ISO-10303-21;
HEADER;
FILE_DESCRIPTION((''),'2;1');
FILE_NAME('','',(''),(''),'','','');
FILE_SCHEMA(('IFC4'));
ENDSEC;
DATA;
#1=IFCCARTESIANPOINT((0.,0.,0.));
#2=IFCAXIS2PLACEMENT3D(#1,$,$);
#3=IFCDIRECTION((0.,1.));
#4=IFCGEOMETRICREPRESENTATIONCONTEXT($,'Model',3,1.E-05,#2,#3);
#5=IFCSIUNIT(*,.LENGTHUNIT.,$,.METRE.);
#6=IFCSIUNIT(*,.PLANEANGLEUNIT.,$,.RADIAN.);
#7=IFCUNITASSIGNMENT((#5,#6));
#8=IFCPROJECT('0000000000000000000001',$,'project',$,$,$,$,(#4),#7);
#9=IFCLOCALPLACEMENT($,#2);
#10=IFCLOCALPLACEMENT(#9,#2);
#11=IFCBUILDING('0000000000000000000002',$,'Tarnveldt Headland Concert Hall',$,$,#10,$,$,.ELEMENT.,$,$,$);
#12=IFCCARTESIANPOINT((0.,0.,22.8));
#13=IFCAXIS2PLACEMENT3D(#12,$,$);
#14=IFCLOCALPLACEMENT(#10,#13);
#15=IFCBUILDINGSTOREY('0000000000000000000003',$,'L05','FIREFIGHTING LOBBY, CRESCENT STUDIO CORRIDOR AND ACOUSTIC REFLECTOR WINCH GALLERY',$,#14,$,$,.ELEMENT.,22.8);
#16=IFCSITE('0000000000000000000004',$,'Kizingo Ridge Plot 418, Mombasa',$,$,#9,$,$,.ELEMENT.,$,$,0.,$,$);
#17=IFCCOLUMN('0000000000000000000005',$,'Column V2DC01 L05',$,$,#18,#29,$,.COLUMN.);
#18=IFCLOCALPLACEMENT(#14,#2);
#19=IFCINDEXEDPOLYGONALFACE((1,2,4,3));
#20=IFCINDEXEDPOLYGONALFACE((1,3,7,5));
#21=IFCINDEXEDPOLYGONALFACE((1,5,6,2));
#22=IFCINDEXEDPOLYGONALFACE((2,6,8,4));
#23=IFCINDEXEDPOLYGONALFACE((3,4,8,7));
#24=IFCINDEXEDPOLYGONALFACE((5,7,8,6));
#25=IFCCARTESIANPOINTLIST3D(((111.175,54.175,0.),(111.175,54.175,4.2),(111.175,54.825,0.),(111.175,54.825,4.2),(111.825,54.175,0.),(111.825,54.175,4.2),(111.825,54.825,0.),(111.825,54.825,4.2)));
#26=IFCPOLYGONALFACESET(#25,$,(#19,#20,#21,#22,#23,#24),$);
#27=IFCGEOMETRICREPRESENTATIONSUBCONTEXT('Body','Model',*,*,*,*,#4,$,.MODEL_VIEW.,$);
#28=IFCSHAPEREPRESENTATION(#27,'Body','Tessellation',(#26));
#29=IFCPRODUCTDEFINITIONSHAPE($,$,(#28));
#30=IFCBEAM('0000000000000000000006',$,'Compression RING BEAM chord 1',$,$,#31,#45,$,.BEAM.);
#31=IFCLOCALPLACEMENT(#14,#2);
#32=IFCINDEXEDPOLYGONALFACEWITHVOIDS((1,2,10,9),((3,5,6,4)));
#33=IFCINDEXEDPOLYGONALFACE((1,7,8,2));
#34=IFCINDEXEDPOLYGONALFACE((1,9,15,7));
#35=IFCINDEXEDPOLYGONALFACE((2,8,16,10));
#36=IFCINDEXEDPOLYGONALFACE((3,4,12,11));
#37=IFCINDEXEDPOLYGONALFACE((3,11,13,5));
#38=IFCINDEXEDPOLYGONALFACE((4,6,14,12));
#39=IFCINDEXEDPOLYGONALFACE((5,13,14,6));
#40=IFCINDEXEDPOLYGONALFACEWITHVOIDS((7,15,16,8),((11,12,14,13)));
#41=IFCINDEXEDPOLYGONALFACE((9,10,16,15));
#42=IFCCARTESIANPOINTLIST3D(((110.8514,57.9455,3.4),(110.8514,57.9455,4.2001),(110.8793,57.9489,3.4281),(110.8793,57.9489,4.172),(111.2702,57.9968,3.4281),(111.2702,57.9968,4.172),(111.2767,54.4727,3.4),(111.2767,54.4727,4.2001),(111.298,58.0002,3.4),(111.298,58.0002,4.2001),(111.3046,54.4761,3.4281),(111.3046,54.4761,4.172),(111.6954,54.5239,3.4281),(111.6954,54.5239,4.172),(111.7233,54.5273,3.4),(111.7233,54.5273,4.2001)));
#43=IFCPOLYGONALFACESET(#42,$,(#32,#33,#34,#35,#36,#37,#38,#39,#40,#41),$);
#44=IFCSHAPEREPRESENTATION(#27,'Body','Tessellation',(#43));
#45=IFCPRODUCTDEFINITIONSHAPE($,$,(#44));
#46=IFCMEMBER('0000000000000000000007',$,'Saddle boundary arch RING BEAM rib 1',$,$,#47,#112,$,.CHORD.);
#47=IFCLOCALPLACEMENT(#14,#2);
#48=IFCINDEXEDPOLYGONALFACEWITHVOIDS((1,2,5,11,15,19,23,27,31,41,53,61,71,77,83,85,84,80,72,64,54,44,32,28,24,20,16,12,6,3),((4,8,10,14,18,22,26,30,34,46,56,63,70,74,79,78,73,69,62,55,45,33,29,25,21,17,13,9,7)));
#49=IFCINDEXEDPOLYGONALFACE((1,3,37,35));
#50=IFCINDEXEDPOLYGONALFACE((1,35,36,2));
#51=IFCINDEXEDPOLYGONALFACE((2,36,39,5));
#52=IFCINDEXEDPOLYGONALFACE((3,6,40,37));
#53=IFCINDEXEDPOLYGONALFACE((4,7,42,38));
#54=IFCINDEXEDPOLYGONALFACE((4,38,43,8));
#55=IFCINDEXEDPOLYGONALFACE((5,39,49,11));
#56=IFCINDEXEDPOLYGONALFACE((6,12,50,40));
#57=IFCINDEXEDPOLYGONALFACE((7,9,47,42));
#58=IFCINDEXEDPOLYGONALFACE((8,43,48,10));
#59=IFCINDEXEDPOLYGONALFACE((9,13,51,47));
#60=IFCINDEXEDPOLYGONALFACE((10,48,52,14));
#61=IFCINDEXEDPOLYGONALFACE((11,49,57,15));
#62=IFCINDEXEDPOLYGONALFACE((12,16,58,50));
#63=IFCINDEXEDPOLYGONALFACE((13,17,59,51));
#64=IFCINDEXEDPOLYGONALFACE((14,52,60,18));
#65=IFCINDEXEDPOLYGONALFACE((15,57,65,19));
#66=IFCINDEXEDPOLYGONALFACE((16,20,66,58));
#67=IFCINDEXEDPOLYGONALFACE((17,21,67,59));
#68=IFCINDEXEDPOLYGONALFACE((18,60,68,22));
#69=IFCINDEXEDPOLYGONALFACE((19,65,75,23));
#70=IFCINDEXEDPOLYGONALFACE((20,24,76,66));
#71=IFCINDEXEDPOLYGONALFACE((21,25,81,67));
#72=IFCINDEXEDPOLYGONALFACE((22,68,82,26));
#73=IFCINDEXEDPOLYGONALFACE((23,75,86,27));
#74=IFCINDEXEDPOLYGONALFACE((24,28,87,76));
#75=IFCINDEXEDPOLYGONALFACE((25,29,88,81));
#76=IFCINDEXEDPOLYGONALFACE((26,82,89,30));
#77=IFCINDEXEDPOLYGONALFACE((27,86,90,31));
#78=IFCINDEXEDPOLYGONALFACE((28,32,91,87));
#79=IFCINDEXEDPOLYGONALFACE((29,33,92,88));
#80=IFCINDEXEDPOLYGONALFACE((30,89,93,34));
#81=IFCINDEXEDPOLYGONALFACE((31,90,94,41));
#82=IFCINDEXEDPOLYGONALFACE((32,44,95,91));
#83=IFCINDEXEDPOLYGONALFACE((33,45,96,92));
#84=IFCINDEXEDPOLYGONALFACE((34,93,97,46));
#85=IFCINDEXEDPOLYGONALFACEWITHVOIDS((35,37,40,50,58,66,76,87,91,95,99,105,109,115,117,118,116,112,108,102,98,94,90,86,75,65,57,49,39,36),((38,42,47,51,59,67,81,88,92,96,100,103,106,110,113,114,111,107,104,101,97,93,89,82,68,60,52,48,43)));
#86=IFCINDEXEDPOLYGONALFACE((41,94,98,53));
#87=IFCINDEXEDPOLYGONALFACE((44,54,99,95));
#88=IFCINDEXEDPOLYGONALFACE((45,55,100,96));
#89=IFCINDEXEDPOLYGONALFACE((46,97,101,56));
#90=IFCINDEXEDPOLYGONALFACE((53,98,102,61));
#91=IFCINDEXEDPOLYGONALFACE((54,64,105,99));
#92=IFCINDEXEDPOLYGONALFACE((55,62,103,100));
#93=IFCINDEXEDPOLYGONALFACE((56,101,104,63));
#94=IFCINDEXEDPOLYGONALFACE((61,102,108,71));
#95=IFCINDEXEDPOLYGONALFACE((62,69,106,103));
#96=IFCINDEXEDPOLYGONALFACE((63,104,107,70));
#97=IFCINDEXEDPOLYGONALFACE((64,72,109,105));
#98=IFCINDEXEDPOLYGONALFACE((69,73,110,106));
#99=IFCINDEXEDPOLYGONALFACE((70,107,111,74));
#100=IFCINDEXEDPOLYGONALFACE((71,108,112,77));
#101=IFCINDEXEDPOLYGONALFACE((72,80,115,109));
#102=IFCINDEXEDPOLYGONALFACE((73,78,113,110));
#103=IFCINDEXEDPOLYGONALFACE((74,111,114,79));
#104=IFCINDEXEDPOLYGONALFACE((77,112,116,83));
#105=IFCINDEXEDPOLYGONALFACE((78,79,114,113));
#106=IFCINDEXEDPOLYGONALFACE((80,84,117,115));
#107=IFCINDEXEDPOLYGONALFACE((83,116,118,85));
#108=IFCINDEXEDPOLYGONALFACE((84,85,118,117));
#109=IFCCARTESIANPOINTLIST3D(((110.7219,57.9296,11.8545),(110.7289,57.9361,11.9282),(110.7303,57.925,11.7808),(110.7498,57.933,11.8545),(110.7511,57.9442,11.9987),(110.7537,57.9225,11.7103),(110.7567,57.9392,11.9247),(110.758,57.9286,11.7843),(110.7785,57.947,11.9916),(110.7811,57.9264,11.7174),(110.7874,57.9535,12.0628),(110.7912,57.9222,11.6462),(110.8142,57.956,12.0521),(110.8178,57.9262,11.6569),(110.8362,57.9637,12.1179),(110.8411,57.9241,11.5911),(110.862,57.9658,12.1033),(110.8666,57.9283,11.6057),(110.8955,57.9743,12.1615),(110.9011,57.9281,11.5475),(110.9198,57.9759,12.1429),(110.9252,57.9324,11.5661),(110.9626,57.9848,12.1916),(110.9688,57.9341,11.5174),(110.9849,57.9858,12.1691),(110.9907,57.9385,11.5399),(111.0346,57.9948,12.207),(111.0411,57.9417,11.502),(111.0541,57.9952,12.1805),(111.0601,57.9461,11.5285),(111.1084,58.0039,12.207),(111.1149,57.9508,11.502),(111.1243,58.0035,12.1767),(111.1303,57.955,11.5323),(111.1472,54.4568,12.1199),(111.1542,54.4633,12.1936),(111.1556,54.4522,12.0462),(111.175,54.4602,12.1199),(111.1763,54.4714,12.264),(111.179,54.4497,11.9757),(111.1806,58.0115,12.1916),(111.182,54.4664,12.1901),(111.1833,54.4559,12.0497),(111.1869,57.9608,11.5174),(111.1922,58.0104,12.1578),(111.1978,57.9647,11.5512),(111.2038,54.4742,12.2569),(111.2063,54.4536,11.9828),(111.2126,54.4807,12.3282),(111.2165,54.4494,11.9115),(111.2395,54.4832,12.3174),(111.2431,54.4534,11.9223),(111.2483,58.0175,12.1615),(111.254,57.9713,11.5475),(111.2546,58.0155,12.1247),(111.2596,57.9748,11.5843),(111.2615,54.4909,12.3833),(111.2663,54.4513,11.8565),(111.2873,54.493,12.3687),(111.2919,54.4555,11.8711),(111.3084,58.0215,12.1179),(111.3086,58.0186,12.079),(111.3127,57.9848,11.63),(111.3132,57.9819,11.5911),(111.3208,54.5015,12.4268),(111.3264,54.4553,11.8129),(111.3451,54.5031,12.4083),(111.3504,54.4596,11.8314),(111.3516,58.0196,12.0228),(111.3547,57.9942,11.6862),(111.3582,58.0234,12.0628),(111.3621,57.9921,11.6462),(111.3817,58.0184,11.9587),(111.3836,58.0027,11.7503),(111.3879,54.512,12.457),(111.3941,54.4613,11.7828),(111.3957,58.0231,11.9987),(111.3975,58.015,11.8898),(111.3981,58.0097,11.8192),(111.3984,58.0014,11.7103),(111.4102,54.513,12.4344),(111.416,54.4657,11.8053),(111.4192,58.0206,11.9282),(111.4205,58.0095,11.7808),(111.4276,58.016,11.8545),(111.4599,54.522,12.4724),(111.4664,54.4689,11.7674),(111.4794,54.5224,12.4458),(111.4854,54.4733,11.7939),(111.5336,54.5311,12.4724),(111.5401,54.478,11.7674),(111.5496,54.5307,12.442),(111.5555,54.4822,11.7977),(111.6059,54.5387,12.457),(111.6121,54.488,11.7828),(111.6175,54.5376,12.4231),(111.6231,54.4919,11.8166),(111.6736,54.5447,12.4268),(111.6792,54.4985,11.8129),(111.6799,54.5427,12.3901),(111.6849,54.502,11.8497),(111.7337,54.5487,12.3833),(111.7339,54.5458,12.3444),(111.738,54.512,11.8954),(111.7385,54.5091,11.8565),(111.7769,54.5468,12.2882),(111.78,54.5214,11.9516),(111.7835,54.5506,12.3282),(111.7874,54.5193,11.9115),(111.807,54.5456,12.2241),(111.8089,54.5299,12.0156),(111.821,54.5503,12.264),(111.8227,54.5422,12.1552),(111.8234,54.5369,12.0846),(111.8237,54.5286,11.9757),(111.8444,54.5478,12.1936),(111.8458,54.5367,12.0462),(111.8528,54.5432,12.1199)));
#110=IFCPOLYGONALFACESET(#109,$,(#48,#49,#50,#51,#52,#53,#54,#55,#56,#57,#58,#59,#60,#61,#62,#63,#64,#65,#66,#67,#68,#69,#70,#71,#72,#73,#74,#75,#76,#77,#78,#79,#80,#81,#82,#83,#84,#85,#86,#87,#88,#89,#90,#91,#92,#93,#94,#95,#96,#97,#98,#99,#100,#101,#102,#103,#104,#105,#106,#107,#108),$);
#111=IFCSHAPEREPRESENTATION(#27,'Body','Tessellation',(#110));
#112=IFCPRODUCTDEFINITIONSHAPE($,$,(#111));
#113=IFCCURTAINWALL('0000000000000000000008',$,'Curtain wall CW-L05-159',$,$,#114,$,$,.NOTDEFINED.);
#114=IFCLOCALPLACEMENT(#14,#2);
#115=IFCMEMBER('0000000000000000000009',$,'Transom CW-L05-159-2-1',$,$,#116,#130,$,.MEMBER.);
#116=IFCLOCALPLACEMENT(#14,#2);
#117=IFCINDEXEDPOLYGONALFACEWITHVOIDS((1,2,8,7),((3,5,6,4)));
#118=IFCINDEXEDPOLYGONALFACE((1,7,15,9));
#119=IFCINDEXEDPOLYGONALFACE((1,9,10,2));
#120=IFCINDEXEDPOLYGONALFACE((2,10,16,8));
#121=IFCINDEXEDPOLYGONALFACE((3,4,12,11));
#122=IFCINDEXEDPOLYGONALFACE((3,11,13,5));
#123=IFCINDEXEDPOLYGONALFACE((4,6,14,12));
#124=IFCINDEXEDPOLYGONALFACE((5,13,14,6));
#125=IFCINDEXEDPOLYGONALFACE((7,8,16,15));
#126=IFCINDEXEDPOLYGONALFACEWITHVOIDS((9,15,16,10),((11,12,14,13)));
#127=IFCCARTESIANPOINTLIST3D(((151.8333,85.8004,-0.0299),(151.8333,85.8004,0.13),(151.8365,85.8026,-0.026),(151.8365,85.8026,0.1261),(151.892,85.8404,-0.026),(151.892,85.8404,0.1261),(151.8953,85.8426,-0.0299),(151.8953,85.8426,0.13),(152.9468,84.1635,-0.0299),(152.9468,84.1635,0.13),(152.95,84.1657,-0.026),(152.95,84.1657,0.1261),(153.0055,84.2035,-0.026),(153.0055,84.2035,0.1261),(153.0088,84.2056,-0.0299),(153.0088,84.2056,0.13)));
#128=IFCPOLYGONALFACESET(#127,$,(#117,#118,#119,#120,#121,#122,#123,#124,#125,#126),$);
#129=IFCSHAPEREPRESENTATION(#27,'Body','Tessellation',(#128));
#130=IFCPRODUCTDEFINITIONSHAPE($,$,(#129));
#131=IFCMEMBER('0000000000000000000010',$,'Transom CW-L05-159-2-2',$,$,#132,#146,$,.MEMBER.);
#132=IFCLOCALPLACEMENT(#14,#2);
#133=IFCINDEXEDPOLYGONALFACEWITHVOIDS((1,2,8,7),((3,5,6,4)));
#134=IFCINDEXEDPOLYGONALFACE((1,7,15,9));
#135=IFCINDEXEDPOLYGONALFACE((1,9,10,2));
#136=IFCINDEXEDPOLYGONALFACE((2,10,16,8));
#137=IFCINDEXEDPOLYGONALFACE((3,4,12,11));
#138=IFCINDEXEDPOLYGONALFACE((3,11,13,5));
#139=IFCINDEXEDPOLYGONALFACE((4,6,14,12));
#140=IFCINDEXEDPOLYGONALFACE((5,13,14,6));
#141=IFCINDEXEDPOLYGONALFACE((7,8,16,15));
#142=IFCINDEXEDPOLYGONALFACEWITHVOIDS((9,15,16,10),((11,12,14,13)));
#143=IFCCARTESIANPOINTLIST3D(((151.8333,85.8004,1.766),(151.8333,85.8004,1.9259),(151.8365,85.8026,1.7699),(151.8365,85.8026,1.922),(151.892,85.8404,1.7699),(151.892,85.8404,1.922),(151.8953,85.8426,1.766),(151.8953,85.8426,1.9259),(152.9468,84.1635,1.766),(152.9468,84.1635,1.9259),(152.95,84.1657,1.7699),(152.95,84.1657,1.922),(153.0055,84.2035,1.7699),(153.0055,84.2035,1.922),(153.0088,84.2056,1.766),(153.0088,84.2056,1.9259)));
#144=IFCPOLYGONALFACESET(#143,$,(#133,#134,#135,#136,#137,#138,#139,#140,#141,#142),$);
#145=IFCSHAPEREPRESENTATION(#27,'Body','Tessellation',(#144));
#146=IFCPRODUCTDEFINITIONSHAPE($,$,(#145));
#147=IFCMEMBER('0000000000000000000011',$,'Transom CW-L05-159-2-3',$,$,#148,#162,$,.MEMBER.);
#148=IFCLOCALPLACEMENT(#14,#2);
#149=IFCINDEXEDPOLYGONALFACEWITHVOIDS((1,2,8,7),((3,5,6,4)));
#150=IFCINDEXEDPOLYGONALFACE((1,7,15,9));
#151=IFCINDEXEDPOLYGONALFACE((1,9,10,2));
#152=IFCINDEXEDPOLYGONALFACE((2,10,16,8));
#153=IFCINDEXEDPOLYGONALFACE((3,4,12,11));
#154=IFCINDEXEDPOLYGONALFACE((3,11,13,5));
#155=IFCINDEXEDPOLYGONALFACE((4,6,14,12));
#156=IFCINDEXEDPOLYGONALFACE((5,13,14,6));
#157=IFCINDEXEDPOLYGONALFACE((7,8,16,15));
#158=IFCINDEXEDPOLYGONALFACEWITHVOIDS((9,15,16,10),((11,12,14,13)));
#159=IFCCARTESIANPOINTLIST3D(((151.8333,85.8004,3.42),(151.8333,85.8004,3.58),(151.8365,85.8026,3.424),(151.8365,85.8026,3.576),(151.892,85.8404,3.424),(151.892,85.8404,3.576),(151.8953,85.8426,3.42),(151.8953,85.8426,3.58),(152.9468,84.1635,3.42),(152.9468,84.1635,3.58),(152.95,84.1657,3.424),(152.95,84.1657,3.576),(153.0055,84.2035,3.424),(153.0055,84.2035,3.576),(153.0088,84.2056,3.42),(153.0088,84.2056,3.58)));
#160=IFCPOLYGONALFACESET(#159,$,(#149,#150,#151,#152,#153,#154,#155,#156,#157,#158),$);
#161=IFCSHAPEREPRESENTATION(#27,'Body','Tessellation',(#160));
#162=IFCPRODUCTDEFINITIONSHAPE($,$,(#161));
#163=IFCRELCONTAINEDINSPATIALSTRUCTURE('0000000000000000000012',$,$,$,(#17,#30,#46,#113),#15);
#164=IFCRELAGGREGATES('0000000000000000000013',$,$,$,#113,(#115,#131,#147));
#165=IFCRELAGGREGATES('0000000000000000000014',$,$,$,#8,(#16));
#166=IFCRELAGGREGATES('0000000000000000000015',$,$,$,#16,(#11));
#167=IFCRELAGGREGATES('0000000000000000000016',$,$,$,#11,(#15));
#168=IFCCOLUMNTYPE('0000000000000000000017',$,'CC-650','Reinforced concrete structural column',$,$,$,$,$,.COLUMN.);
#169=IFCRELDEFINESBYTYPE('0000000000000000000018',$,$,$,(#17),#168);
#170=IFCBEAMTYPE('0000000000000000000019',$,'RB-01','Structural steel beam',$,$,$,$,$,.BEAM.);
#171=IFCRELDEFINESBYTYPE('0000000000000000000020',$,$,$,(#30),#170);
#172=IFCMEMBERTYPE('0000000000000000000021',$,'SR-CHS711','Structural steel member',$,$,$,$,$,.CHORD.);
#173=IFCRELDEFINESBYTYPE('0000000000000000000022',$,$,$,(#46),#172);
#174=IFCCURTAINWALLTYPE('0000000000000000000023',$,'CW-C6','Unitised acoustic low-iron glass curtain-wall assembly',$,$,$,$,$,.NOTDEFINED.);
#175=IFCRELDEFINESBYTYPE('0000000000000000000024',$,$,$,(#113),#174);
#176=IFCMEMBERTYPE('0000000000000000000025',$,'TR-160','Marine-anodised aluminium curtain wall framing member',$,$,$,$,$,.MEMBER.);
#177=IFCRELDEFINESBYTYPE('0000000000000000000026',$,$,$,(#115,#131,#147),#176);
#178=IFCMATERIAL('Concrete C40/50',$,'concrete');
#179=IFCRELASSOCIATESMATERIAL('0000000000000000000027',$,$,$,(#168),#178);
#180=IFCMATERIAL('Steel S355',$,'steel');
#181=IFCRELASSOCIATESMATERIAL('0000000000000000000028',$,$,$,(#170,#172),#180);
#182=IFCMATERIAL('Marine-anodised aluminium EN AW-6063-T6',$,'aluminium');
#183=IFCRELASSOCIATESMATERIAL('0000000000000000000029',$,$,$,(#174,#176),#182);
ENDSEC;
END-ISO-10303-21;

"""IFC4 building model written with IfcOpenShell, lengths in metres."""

from ifc_helpers import new_model, si_unit, direction, frame, origin, origin_2d, place, context, subcontext, project, spatial, rectangle, hollow_rectangle, hollow_circle, extrude, material, material_profile, profile_set, type_object, element, aggregate, save


model = new_model("IFC4")

# Units and contexts
model_context = context("Model", 3, precision=1e-05, world=origin(), true_north=direction((0.0, 1.0)))
body_context = subcontext(model_context, "Body", "Model", "MODEL_VIEW")
ifc_project = project(units=[si_unit("LENGTHUNIT", "METRE"), si_unit("PLANEANGLEUNIT", "RADIAN")], contexts=[model_context])

# Site, building, storey
site_placement = place(None, origin())
site = spatial("IfcSite", under=ifc_project, at=site_placement, Name="Kizingo Ridge Plot 418, Mombasa", CompositionType="ELEMENT", RefElevation=0.0)
building_placement = place(site_placement, origin())
building = spatial("IfcBuilding", under=site, at=building_placement, Name="Tarnveldt Headland Concert Hall", CompositionType="ELEMENT")
storey_placement = place(building_placement, frame((0.0, 0.0, 22.8)))
storey = spatial("IfcBuildingStorey", under=building, at=storey_placement, Name="L05", Description="FIREFIGHTING LOBBY, CRESCENT STUDIO CORRIDOR AND ACOUSTIC REFLECTOR WINCH GALLERY", CompositionType="ELEMENT", Elevation=22.8)

# Column
ifc_material_1 = material(Name="Concrete C40/50", Category="concrete")
ifc_material_profile_1 = material_profile(ifc_material_1, rectangle(XDim=0.6499, YDim=0.6499, at=origin_2d()), Name="RC 650x650", Category="concrete")
ifc_profile_set_1 = profile_set([ifc_material_profile_1], Name="Concrete C40/50")
column_type = type_object("IfcColumnType", Name="CC-650", Description="Reinforced concrete structural column", PredefinedType="COLUMN", material=ifc_profile_set_1)
column_placement = place(storey_placement, frame((111.5, 54.5, 0.0), z_axis=(0.0, 0.0, 1.0), x_axis=(1.0, 0.0, 0.0)))
element("IfcColumn", 1, at=column_placement, inside=storey, type_object=column_type, Name="Column V2DC01 L05", PredefinedType="COLUMN", context=body_context, shape_type="SweptSolid", body=[
    extrude(rectangle(XDim=0.6499, YDim=0.6499, at=origin_2d()), origin(), (0.0, 0.0, 1.0), 4.2),
])

# Beam
ifc_material_2 = material(Name="Steel S355", Category="steel")
ifc_material_profile_2 = material_profile(ifc_material_2, hollow_rectangle(XDim=0.45, YDim=0.8, WallThickness=0.0281, at=origin_2d()), Name="RHS 800x450x28", Category="steel")
ifc_profile_set_2 = profile_set([ifc_material_profile_2], Name="Steel S355")
beam_type = type_object("IfcBeamType", Name="RB-01", Description="Structural steel beam", PredefinedType="BEAM", material=ifc_profile_set_2)
beam_placement = place(storey_placement, frame((111.5, 54.5, 3.8), z_axis=(-0.121552, 0.992585, 0.0), x_axis=(-0.992585, -0.121552, 0.0)))
element("IfcBeam", 2, at=beam_placement, inside=storey, type_object=beam_type, Name="Compression RING BEAM chord 1", PredefinedType="BEAM", context=body_context, shape_type="SweptSolid", body=[
    extrude(hollow_rectangle(XDim=0.45, YDim=0.8, WallThickness=0.0281, at=origin_2d()), origin(), (0.0, 0.0, 1.0), 3.4988),
])

# Member
ifc_material_profile_3 = material_profile(ifc_material_2, hollow_circle(Radius=0.3555, WallThickness=0.0281, at=origin_2d()), Name="CHS 711x28", Category="steel")
ifc_profile_set_3 = profile_set([ifc_material_profile_3], Name="Steel S355")
member_type_1 = type_object("IfcMemberType", Name="SR-CHS711", Description="Structural steel member", PredefinedType="CHORD", material=ifc_profile_set_3)
member_1_placement = place(storey_placement, frame((111.5, 54.5, 12.1199), z_axis=(-0.121204, 0.989742, -0.075631), x_axis=(-0.992585, -0.121552, 0.0)))
element("IfcMember", 3, at=member_1_placement, inside=storey, type_object=member_type_1, Name="Saddle boundary arch RING BEAM rib 1", PredefinedType="CHORD", context=body_context, shape_type="SweptSolid", body=[
    extrude(hollow_circle(Radius=0.3555, WallThickness=0.0281, at=origin_2d()), origin(), (0.0, 0.0, 1.0), 3.5088),
])

# Curtain wall, members
ifc_material_3 = material(Name="Marine-anodised aluminium EN AW-6063-T6", Category="aluminium")
curtain_wall_type = type_object("IfcCurtainWallType", Name="CW-C6", Description="Unitised acoustic low-iron glass curtain-wall assembly", PredefinedType="NOTDEFINED", material=ifc_material_3)
curtain_wall_placement = place(storey_placement, origin())
curtain_wall = element("IfcCurtainWall", 4, at=curtain_wall_placement, inside=storey, type_object=curtain_wall_type, Name="Curtain wall CW-L05-159", PredefinedType="NOTDEFINED")
ifc_material_profile_4 = material_profile(ifc_material_3, hollow_rectangle(XDim=0.075, YDim=0.1599, WallThickness=0.0039, at=origin_2d()), Name="ALU TRANSOM 75x160x4", Category="aluminium")
ifc_profile_set_4 = profile_set([ifc_material_profile_4], Name="Marine-anodised aluminium EN AW-6063-T6")
member_type_2 = type_object("IfcMemberType", Name="TR-160", Description="Marine-anodised aluminium curtain wall framing member", PredefinedType="MEMBER", material=ifc_profile_set_4)
member_2_placement = place(storey_placement, frame((152.9778, 84.1846, 0.05), z_axis=(-0.562445, 0.826835, 0.0), x_axis=(-0.826835, -0.562445, 0.0)))
member_2 = element("IfcMember", 5, at=member_2_placement, type_object=member_type_2, Name="Transom CW-L05-159-2-1", PredefinedType="MEMBER", context=body_context, shape_type="SweptSolid", body=[
    extrude(hollow_rectangle(XDim=0.075, YDim=0.1599, WallThickness=0.0039, at=origin_2d()), origin(), (0.0, 0.0, 1.0), 1.9797),
])
member_3_placement = place(storey_placement, frame((152.9778, 84.1846, 1.8459), z_axis=(-0.562445, 0.826835, 0.0), x_axis=(-0.826835, -0.562445, 0.0)))
member_3 = element("IfcMember", 6, at=member_3_placement, type_object=member_type_2, Name="Transom CW-L05-159-2-2", PredefinedType="MEMBER", context=body_context, shape_type="SweptSolid", body=[
    extrude(hollow_rectangle(XDim=0.075, YDim=0.1599, WallThickness=0.0039, at=origin_2d()), origin(), (0.0, 0.0, 1.0), 1.9797),
])
member_4_placement = place(storey_placement, frame((152.9778, 84.1846, 3.5), z_axis=(-0.562445, 0.826835, 0.0), x_axis=(-0.826835, -0.562445, 0.0)))
member_4 = element("IfcMember", 7, at=member_4_placement, type_object=member_type_2, Name="Transom CW-L05-159-2-3", PredefinedType="MEMBER", context=body_context, shape_type="SweptSolid", body=[
    extrude(hollow_rectangle(XDim=0.075, YDim=0.1599, WallThickness=0.0039, at=origin_2d()), origin(), (0.0, 0.0, 1.0), 1.9797),
])

aggregate(curtain_wall, [member_2, member_3, member_4])

save(model, "model.ifc")
